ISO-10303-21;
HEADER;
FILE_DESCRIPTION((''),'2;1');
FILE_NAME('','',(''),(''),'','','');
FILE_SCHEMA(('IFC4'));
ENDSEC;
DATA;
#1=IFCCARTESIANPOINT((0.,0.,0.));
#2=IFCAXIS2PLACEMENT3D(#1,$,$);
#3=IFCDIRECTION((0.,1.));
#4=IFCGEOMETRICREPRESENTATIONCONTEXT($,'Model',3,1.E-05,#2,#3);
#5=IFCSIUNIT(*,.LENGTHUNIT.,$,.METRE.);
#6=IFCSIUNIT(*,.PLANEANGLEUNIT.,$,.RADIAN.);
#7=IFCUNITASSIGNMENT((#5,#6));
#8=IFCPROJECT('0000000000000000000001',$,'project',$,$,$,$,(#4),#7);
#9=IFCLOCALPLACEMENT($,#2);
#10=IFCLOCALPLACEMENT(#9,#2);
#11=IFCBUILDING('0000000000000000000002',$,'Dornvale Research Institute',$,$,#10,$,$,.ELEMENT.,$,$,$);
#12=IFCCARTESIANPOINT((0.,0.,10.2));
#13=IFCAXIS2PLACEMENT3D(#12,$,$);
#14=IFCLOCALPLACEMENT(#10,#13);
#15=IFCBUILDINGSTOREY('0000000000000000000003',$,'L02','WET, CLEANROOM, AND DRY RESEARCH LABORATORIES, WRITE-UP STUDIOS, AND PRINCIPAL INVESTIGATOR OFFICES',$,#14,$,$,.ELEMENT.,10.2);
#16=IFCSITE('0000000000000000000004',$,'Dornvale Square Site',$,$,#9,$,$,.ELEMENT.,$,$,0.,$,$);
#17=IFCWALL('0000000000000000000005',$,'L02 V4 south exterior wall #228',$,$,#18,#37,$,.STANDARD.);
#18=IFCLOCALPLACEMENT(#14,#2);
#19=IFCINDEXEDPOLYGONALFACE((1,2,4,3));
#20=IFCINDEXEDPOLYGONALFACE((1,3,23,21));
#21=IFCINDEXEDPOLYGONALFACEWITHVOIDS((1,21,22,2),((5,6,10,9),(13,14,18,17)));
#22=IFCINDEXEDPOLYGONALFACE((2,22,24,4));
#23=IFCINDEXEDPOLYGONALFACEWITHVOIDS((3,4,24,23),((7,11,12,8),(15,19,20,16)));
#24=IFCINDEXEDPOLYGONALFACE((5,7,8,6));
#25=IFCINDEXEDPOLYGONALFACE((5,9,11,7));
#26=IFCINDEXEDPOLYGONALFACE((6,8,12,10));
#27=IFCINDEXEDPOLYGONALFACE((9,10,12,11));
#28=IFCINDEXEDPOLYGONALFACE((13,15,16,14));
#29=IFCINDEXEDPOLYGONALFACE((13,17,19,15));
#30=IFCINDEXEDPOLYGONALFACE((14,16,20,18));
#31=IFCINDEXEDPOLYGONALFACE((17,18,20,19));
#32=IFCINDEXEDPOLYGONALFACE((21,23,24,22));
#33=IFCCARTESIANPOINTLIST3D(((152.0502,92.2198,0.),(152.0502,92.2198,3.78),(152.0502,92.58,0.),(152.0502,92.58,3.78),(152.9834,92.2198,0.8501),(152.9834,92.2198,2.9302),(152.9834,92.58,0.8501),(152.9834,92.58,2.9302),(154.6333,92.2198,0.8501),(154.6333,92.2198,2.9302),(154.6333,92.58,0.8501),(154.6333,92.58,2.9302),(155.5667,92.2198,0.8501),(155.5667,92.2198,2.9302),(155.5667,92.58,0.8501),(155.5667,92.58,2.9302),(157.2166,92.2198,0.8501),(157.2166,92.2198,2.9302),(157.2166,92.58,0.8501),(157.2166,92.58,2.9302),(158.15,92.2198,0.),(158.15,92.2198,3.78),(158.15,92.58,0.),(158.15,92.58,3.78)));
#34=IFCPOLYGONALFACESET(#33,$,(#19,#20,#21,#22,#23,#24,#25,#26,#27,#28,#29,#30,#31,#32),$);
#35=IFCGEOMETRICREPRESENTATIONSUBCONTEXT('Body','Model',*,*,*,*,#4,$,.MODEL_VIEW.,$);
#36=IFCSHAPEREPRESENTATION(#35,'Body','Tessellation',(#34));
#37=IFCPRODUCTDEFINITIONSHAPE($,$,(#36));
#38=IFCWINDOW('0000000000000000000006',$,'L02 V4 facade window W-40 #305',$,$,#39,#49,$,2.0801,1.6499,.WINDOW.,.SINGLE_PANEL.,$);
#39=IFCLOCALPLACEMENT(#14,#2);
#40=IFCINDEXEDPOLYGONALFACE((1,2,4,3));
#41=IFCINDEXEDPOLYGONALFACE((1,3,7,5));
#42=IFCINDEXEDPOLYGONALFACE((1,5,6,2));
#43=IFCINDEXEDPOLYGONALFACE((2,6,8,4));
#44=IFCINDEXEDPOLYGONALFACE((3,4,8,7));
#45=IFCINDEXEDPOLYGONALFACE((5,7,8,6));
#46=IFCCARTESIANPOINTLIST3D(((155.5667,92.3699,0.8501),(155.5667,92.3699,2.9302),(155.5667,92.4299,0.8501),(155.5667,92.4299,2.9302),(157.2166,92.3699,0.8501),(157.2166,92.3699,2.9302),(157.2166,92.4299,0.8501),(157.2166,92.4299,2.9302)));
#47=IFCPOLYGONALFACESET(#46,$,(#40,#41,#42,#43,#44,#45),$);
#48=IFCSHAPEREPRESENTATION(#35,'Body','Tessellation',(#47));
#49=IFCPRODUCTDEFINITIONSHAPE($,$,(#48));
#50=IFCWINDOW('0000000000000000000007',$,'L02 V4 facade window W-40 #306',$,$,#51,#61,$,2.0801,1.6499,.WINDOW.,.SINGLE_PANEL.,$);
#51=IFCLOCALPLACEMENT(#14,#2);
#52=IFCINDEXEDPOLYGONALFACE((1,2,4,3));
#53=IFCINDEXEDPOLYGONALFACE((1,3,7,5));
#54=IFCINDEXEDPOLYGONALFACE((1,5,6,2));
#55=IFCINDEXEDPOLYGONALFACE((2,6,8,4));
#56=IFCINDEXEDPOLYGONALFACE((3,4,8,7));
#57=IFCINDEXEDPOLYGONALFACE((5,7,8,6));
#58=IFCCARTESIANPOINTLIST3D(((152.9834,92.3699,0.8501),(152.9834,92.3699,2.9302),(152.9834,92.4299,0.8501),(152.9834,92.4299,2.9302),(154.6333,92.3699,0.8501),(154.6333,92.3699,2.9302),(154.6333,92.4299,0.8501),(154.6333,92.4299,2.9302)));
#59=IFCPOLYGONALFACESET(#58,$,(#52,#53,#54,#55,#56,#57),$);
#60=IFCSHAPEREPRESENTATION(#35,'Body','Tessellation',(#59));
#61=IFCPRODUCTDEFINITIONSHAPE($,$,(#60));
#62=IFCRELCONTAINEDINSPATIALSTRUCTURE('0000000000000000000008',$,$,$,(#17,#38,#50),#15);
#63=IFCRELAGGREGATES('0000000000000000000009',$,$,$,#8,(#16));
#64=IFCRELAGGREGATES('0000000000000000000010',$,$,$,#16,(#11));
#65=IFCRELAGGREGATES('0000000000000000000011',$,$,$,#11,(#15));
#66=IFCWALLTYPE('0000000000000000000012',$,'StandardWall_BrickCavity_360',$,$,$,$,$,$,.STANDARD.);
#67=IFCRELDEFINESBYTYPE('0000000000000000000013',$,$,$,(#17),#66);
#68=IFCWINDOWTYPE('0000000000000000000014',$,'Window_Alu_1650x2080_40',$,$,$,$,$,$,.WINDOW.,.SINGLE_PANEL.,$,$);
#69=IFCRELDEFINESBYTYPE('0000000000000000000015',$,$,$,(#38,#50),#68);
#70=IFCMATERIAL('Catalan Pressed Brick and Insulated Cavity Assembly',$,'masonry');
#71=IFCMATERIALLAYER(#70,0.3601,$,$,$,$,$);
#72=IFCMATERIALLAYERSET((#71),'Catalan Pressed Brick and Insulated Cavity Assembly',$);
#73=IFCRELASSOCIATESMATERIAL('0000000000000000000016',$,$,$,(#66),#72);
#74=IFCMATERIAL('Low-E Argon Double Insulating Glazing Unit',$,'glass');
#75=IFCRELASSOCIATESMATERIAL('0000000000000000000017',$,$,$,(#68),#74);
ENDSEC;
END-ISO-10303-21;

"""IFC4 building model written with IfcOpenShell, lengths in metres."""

from ifc_helpers import new_model, si_unit, direction, frame, frame_2d, origin, place, context, subcontext, project, spatial, rectangle, extrude, material, layer, layer_set, type_object, element, fill, save


model = new_model("IFC4")

# Units and contexts
model_context = context("Model", 3, precision=1e-05, world=origin(), true_north=direction((0.0, 1.0)))
body_context = subcontext(model_context, "Body", "Model", "MODEL_VIEW")
ifc_project = project(units=[si_unit("LENGTHUNIT", "METRE"), si_unit("PLANEANGLEUNIT", "RADIAN")], contexts=[model_context])

# Site, building, storey
site_placement = place(None, origin())
site = spatial("IfcSite", under=ifc_project, at=site_placement, Name="Dornvale Square Site", CompositionType="ELEMENT", RefElevation=0.0)
building_placement = place(site_placement, origin())
building = spatial("IfcBuilding", under=site, at=building_placement, Name="Dornvale Research Institute", CompositionType="ELEMENT")
storey_placement = place(building_placement, frame((0.0, 0.0, 10.2)))
storey = spatial("IfcBuildingStorey", under=building, at=storey_placement, Name="L02", Description="WET, CLEANROOM, AND DRY RESEARCH LABORATORIES, WRITE-UP STUDIOS, AND PRINCIPAL INVESTIGATOR OFFICES", CompositionType="ELEMENT", Elevation=10.2)

# Wall, openings, windows
ifc_material_1 = material(Name="Catalan Pressed Brick and Insulated Cavity Assembly", Category="masonry")
ifc_layer_1 = layer(ifc_material_1, 0.3601)
ifc_layer_set_1 = layer_set([ifc_layer_1], Name="Catalan Pressed Brick and Insulated Cavity Assembly")
wall_type_1 = type_object("IfcWallType", Name="StandardWall_BrickCavity_360", PredefinedType="STANDARD", material=ifc_layer_set_1)
wall_1_placement = place(storey_placement, frame((158.1499, 92.3999, 0.0), z_axis=(0.0, 0.0, 1.0), x_axis=(-1.0, 0.0, 0.0)))
wall_1 = element("IfcWall", 1, at=wall_1_placement, inside=storey, type_object=wall_type_1, Name="L02 V4 south exterior wall #228", PredefinedType="STANDARD", context=body_context, shape_type="SweptSolid", body=[
    extrude(rectangle(XDim=6.0999, YDim=0.3601, at=frame_2d((3.0498, 0.0))), origin(), (0.0, 0.0, 1.0), 3.78),
])
opening_1_placement = place(wall_1_placement, frame((0.9333, 0.0, 0.8501)))
opening_1 = element("IfcOpeningElement", 2, at=opening_1_placement, cuts=wall_1, PredefinedType="OPENING", context=body_context, shape_type="SweptSolid", body=[
    extrude(rectangle(XDim=1.6499, YDim=2.0801, at=frame_2d((0.825, 1.04))), frame((0.0, 0.1951, 0.0), z_axis=(0.0, -1.0, 0.0), x_axis=(1.0, 0.0, 0.0)), (0.0, 0.0, 1.0), 0.3901),
])
opening_2_placement = place(wall_1_placement, frame((3.5166, 0.0, 0.8501)))
opening_2 = element("IfcOpeningElement", 3, at=opening_2_placement, cuts=wall_1, PredefinedType="OPENING", context=body_context, shape_type="SweptSolid", body=[
    extrude(rectangle(XDim=1.6499, YDim=2.0801, at=frame_2d((0.825, 1.04))), frame((0.0, 0.1951, 0.0), z_axis=(0.0, -1.0, 0.0), x_axis=(1.0, 0.0, 0.0)), (0.0, 0.0, 1.0), 0.3901),
])
ifc_material_2 = material(Name="Low-E Argon Double Insulating Glazing Unit", Category="glass")
window_type = type_object("IfcWindowType", Name="Window_Alu_1650x2080_40", PartitioningType="SINGLE_PANEL", PredefinedType="WINDOW", material=ifc_material_2)
window_1_placement = place(opening_1_placement, origin())
window_1 = element("IfcWindow", 4, at=window_1_placement, inside=storey, type_object=window_type, Name="L02 V4 facade window W-40 #305", OverallHeight=2.0801, OverallWidth=1.6499, PartitioningType="SINGLE_PANEL", PredefinedType="WINDOW", context=body_context, shape_type="SweptSolid", body=[
    extrude(rectangle(XDim=1.6499, YDim=2.0801, at=frame_2d((0.825, 1.04))), frame((0.0, 0.03, 0.0), z_axis=(0.0, -1.0, 0.0), x_axis=(1.0, 0.0, 0.0)), (0.0, 0.0, 1.0), 0.0601),
])
fill(opening_1, window_1)
window_2_placement = place(opening_2_placement, origin())
window_2 = element("IfcWindow", 5, at=window_2_placement, inside=storey, type_object=window_type, Name="L02 V4 facade window W-40 #306", OverallHeight=2.0801, OverallWidth=1.6499, PartitioningType="SINGLE_PANEL", PredefinedType="WINDOW", context=body_context, shape_type="SweptSolid", body=[
    extrude(rectangle(XDim=1.6499, YDim=2.0801, at=frame_2d((0.825, 1.04))), frame((0.0, 0.03, 0.0), z_axis=(0.0, -1.0, 0.0), x_axis=(1.0, 0.0, 0.0)), (0.0, 0.0, 1.0), 0.0601),
])
fill(opening_2, window_2)

save(model, "model.ifc")
